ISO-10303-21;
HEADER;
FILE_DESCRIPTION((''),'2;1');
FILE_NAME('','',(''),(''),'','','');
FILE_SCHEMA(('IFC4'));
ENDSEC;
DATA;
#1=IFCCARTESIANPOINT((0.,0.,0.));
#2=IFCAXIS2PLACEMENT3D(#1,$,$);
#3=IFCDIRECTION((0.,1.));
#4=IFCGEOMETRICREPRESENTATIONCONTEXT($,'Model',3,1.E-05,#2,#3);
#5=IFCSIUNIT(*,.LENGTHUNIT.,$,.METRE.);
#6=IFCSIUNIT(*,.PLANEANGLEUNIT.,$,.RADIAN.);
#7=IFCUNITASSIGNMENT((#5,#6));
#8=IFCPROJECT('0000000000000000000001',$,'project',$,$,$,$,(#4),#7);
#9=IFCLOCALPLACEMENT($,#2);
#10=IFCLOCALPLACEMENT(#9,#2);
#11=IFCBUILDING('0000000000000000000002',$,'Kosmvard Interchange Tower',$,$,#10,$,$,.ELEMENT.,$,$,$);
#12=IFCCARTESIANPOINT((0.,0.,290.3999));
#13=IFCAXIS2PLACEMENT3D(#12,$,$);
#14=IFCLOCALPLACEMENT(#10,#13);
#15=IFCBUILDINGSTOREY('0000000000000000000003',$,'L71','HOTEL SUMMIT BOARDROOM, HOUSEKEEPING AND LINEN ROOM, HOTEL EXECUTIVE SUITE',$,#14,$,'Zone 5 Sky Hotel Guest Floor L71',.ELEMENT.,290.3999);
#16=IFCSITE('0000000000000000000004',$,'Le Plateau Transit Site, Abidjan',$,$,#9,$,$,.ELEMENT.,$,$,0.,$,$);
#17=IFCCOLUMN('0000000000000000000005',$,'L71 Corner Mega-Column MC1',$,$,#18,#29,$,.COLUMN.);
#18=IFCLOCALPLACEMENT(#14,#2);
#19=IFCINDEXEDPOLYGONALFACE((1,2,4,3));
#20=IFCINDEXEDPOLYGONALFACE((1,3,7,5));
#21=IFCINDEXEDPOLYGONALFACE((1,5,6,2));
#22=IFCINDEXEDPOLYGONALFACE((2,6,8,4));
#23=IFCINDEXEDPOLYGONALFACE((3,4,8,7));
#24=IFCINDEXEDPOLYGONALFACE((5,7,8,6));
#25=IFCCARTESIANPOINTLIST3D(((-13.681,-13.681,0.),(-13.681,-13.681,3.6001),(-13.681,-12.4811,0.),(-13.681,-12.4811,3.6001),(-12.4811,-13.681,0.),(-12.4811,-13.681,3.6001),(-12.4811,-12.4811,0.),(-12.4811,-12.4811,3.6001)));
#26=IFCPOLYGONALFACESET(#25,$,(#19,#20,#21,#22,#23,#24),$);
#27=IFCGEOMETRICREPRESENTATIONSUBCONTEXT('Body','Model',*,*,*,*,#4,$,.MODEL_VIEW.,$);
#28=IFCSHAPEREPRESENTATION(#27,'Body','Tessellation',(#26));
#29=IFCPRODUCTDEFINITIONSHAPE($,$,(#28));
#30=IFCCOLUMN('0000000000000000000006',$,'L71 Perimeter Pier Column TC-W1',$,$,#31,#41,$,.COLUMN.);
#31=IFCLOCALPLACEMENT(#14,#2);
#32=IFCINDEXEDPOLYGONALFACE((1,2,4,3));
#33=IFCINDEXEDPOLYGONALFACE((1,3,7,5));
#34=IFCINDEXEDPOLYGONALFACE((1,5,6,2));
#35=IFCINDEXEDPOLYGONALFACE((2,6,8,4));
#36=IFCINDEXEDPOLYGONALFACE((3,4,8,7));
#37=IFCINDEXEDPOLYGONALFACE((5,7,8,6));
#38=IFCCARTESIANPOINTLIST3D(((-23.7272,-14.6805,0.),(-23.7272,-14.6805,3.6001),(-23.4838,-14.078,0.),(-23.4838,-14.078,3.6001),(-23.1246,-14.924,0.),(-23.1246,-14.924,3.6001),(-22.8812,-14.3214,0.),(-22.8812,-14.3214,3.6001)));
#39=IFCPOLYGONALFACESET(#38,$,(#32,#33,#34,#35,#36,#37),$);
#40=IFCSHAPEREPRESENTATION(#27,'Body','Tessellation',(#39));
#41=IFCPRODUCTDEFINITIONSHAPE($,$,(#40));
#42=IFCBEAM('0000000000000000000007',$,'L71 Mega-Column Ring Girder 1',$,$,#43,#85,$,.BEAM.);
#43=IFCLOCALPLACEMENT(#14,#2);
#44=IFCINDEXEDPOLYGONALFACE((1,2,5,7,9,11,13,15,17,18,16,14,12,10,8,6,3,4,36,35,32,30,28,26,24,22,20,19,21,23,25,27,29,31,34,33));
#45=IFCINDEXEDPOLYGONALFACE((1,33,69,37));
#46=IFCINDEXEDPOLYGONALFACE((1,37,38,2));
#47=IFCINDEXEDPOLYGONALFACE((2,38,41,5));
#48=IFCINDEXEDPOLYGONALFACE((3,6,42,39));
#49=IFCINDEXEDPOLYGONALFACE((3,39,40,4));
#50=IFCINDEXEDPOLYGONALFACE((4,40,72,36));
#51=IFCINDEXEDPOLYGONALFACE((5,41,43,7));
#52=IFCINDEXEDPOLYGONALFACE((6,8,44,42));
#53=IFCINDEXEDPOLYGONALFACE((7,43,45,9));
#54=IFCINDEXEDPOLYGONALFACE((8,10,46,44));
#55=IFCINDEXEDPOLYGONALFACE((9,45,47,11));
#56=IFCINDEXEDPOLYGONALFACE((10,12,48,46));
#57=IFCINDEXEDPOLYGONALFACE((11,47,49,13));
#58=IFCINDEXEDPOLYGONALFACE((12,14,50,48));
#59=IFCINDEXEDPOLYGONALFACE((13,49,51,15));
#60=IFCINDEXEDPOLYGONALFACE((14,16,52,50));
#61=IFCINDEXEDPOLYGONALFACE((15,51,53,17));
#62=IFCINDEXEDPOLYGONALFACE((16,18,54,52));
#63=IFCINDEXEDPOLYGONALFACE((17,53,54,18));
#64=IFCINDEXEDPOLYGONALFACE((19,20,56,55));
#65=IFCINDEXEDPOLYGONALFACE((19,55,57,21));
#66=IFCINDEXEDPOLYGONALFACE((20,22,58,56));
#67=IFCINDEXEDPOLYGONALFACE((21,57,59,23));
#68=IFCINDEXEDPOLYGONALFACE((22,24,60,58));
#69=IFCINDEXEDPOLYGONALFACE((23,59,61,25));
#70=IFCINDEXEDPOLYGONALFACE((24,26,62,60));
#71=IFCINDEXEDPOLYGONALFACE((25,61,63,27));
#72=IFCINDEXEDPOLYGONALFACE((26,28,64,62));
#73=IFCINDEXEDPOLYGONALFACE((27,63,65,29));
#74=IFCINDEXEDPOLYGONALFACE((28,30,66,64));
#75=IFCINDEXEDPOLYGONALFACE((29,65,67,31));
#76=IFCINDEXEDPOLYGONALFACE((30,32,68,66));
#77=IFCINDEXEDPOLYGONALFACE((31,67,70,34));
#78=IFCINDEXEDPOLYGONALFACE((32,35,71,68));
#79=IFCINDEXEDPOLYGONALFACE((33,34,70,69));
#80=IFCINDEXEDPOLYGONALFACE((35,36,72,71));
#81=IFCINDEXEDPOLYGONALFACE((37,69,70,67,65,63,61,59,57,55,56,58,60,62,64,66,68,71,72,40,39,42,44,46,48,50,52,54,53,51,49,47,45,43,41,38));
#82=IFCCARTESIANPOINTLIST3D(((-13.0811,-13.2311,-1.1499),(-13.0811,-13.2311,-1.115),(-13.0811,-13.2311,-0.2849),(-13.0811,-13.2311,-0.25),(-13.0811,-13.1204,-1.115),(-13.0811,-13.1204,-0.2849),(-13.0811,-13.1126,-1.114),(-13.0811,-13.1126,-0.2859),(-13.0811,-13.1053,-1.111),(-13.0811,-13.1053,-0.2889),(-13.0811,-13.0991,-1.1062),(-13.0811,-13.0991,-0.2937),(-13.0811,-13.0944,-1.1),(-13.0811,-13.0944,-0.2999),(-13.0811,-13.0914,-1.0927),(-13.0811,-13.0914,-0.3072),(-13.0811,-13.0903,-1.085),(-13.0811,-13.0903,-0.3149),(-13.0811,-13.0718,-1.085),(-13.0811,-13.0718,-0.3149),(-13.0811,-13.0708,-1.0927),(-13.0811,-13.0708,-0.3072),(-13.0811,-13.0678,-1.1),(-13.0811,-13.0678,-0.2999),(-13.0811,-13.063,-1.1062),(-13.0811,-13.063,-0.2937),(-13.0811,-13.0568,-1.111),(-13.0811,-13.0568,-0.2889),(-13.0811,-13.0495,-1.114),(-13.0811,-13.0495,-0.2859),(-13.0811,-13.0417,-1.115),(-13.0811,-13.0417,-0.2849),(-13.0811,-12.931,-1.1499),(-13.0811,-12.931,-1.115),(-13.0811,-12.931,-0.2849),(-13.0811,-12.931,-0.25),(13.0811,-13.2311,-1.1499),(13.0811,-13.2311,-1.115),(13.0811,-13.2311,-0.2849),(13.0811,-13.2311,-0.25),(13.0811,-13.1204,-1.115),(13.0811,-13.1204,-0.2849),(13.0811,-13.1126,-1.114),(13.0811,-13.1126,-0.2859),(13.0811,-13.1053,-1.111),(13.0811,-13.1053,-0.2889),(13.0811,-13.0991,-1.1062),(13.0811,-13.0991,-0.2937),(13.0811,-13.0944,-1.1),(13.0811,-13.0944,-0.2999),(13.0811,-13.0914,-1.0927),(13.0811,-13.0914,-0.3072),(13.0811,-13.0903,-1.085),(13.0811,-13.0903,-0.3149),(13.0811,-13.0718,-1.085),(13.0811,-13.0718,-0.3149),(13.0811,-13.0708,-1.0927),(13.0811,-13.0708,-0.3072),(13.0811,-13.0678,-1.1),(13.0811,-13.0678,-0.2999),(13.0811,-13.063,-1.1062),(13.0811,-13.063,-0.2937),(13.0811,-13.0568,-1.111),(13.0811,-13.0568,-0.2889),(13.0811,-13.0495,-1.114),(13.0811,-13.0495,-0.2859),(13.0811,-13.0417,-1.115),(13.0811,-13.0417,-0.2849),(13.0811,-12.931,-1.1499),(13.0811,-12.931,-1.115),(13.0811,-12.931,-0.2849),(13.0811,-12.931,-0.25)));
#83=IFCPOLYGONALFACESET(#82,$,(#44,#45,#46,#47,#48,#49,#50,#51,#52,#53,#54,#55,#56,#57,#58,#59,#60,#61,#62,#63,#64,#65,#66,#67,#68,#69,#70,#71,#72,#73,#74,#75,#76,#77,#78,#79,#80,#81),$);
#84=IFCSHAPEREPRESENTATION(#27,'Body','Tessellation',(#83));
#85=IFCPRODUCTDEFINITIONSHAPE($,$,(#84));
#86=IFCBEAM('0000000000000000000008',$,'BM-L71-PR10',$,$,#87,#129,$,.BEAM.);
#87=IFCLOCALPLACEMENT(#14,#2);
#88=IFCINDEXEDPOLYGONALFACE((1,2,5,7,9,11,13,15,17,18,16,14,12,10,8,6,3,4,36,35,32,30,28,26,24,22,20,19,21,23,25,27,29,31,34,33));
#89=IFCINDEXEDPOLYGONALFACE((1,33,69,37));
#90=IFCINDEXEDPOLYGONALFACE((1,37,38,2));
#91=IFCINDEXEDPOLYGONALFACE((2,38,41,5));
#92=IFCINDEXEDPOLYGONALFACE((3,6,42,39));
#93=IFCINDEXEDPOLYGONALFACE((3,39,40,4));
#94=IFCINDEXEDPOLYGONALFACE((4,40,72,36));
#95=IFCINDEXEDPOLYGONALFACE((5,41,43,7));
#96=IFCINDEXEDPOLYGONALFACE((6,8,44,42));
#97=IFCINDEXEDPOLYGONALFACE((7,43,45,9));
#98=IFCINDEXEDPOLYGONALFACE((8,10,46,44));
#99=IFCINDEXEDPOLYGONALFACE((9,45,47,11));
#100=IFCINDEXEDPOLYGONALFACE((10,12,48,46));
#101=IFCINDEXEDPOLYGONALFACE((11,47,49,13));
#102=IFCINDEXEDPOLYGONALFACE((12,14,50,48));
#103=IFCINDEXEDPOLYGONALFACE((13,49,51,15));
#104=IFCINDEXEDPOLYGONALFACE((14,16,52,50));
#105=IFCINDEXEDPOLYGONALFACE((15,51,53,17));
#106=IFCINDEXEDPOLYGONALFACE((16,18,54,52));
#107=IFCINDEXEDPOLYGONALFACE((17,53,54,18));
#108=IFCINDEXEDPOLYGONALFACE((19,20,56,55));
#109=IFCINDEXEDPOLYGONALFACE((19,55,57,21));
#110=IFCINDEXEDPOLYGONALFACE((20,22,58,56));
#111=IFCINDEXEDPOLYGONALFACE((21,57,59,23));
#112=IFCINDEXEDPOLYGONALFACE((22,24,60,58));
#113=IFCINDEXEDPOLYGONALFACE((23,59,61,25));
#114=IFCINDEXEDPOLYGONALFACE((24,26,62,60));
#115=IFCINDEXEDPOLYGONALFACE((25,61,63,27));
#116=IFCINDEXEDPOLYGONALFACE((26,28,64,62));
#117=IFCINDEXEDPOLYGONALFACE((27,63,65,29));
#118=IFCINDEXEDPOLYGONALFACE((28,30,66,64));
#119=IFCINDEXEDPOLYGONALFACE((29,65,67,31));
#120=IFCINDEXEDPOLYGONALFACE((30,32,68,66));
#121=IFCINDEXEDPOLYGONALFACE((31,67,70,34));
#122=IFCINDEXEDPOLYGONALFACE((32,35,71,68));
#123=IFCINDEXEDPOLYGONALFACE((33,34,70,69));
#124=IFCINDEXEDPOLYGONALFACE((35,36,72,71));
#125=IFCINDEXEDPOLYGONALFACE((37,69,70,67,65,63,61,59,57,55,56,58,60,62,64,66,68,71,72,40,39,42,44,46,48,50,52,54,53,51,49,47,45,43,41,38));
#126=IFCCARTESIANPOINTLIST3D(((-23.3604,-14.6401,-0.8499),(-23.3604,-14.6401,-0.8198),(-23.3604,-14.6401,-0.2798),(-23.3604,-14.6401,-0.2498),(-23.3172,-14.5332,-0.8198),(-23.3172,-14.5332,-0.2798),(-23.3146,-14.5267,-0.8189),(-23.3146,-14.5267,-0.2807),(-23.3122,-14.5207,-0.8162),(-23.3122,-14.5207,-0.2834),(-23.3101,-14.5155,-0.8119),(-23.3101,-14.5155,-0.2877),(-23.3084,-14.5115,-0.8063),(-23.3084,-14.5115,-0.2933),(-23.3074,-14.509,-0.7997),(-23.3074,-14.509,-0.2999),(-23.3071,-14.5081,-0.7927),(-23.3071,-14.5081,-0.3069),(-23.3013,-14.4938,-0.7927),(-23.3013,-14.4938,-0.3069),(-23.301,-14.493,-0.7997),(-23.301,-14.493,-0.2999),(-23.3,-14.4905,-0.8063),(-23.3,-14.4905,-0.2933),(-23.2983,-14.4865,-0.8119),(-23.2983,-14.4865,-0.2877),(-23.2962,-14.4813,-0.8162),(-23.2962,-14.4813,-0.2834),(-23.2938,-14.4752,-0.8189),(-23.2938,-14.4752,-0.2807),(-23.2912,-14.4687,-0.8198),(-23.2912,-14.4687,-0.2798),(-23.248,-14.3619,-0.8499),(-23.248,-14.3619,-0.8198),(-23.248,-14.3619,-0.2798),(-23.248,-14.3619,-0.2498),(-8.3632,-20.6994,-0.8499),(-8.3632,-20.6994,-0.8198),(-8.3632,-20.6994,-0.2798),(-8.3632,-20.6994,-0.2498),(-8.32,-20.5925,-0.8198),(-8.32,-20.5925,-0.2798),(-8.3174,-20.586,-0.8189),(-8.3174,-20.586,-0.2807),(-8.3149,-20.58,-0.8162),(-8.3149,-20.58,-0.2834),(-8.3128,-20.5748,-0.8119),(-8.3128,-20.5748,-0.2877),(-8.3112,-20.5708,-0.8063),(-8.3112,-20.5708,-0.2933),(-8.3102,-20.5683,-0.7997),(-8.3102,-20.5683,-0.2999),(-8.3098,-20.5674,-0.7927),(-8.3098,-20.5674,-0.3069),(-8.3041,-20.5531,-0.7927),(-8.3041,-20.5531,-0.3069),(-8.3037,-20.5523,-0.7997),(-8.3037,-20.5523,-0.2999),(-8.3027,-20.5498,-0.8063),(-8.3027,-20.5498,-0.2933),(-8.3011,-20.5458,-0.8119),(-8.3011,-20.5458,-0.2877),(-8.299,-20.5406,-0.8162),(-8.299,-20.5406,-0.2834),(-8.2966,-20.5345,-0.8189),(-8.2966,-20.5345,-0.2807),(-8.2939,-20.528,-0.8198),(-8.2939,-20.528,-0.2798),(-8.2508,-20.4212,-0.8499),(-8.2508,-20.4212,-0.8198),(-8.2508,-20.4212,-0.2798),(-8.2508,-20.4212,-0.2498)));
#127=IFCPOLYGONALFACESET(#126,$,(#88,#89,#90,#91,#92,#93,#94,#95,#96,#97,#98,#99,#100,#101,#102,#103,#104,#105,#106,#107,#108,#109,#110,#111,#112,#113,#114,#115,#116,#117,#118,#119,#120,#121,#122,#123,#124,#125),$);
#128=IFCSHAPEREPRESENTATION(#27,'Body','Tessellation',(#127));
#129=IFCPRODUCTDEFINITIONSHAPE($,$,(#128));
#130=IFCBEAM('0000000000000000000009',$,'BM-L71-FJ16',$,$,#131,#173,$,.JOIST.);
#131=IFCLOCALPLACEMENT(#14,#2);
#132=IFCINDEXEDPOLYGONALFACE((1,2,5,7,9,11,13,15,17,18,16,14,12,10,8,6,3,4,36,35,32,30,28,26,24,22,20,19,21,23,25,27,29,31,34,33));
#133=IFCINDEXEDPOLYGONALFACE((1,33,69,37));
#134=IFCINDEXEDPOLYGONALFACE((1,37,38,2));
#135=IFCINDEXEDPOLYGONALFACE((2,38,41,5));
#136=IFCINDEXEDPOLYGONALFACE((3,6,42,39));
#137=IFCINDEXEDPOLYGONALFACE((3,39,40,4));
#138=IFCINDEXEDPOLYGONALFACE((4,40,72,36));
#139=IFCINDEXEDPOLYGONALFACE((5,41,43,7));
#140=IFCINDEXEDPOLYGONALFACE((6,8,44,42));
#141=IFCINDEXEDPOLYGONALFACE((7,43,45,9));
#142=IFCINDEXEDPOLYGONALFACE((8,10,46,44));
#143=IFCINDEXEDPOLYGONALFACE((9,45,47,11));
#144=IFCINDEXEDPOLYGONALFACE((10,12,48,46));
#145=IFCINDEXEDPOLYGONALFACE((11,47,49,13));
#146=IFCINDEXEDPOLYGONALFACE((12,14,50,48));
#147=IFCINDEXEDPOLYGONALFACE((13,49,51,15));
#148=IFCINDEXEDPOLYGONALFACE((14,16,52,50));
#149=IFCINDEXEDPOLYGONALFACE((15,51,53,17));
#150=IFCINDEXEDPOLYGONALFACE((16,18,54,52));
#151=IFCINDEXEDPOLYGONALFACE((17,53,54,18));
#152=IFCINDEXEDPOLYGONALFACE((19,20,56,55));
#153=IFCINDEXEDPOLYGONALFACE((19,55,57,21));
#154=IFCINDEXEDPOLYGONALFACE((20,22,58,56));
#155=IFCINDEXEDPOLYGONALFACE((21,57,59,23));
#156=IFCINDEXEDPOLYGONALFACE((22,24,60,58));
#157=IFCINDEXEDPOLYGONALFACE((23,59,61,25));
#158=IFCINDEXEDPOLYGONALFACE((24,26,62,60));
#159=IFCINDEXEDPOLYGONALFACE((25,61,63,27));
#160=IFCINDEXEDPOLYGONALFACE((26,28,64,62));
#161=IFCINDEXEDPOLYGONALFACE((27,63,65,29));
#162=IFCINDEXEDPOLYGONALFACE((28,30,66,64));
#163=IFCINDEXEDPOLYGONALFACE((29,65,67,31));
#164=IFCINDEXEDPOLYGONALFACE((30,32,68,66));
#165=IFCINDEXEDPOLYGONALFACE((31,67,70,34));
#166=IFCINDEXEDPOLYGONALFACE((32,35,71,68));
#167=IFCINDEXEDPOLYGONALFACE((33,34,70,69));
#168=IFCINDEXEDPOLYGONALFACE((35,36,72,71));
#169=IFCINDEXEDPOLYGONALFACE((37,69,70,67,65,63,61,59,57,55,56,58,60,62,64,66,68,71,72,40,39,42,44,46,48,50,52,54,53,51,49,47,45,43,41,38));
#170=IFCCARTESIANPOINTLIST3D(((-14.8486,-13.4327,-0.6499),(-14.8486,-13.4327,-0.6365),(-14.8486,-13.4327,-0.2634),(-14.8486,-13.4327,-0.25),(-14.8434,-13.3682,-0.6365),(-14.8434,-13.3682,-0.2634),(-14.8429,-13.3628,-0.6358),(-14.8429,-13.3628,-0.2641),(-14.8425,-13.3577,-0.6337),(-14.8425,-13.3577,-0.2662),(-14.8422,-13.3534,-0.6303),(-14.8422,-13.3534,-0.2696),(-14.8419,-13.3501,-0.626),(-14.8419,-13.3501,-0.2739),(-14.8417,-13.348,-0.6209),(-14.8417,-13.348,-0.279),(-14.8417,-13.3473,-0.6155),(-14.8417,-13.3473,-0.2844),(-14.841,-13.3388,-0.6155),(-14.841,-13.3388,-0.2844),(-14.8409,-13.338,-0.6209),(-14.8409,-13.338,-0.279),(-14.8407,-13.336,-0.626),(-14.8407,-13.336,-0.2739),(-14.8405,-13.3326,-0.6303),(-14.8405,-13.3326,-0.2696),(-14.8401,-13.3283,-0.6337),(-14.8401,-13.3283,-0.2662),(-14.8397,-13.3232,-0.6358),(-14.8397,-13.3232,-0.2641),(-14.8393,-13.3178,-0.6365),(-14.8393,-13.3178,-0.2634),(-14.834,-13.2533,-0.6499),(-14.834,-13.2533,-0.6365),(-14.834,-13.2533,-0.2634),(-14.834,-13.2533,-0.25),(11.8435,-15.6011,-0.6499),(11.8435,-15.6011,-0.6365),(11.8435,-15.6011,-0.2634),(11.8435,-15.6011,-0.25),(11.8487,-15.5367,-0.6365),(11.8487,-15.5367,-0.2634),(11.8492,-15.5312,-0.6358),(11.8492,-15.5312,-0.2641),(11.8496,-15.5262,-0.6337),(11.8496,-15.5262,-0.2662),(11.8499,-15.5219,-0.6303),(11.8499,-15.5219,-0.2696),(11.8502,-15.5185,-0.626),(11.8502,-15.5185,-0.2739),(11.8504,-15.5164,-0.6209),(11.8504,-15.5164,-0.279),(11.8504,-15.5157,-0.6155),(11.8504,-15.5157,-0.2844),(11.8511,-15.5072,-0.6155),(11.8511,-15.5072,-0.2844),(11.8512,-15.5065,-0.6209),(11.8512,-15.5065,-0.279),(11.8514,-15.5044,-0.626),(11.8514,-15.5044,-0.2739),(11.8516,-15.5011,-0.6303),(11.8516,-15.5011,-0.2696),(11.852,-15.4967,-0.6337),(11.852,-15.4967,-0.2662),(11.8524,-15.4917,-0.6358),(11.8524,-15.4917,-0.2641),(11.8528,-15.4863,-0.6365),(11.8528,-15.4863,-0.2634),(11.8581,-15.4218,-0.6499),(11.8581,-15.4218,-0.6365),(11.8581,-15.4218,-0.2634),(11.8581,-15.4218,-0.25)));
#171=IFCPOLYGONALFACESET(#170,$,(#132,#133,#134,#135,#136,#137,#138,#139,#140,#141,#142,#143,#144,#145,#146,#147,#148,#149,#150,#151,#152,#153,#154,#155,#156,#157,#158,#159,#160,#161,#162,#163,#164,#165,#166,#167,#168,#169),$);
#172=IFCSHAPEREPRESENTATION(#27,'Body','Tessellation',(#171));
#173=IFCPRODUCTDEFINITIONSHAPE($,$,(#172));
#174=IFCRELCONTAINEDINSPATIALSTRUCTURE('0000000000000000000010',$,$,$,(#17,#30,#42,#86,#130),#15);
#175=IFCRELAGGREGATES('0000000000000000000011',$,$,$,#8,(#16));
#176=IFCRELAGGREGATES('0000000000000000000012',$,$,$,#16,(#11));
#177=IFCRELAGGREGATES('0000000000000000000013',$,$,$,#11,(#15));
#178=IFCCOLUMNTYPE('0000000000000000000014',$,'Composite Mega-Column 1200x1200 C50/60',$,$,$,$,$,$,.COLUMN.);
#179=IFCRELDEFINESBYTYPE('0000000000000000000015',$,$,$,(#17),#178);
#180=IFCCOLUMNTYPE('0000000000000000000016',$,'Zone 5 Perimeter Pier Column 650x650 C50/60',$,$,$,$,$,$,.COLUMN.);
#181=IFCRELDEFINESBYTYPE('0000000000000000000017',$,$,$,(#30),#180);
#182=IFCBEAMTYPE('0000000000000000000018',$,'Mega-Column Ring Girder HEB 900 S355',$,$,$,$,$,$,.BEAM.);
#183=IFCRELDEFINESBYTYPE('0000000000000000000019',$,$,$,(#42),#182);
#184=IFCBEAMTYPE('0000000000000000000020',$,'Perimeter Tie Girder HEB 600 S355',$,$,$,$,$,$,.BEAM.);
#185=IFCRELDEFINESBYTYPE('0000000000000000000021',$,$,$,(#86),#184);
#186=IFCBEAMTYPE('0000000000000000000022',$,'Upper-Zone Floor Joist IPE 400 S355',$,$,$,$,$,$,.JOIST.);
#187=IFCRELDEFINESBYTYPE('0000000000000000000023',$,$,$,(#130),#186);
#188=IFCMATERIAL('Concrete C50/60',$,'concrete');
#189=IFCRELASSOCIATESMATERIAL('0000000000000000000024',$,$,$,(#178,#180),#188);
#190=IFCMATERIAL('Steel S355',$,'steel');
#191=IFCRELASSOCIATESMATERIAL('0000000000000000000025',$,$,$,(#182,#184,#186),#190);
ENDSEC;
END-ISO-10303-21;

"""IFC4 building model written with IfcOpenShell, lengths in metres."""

from ifc_helpers import new_model, si_unit, direction, frame, origin, origin_2d, place, context, subcontext, project, spatial, rectangle, i_section, extrude, source, transform, mapped, material, material_profile, profile_set, type_object, element, save


model = new_model("IFC4")

# Units and contexts
model_context = context("Model", 3, precision=1e-05, world=origin(), true_north=direction((0.0, 1.0)))
body_context = subcontext(model_context, "Body", "Model", "MODEL_VIEW")
ifc_project = project(units=[si_unit("LENGTHUNIT", "METRE"), si_unit("PLANEANGLEUNIT", "RADIAN")], contexts=[model_context])

# Site, building, storey
site_placement = place(None, origin())
site = spatial("IfcSite", under=ifc_project, at=site_placement, Name="Le Plateau Transit Site, Abidjan", CompositionType="ELEMENT", RefElevation=0.0)
building_placement = place(site_placement, origin())
building = spatial("IfcBuilding", under=site, at=building_placement, Name="Kosmvard Interchange Tower", CompositionType="ELEMENT")
storey_placement = place(building_placement, frame((0.0, 0.0, 290.3999)))
storey = spatial("IfcBuildingStorey", under=building, at=storey_placement, Name="L71", Description="HOTEL SUMMIT BOARDROOM, HOUSEKEEPING AND LINEN ROOM, HOTEL EXECUTIVE SUITE", LongName="Zone 5 Sky Hotel Guest Floor L71", CompositionType="ELEMENT", Elevation=290.3999)

# Columns
ifc_material_1 = material(Name="Concrete C50/60", Category="concrete")
ifc_material_profile_1 = material_profile(ifc_material_1, rectangle(XDim=1.2, YDim=1.2, at=origin_2d()), Name="MC 1200x1200")
ifc_profile_set_1 = profile_set([ifc_material_profile_1], Name="Concrete C50/60")
column_type_1 = type_object("IfcColumnType", Name="Composite Mega-Column 1200x1200 C50/60", PredefinedType="COLUMN", material=ifc_profile_set_1)
shared_shape_1 = source(origin(), body_context, "Body", "SweptSolid", [
    extrude(rectangle(XDim=1.2, YDim=1.2, at=origin_2d()), origin(), (0.0, 0.0, 1.0), 3.6001),
])
column_1_placement = place(storey_placement, frame((-13.0811, -13.0811, 0.0), z_axis=(0.0, 0.0, 1.0), x_axis=(1.0, 0.0, 0.0)))
element("IfcColumn", 1, at=column_1_placement, inside=storey, type_object=column_type_1, Name="L71 Corner Mega-Column MC1", PredefinedType="COLUMN", context=body_context, shape_type="MappedRepresentation", body=[
    mapped(shared_shape_1, transform((0.0, 0.0, 0.0), scale=1.0)),
])
ifc_material_profile_2 = material_profile(ifc_material_1, rectangle(XDim=0.6499, YDim=0.6499, at=origin_2d()), Name="TC 650x650")
ifc_profile_set_2 = profile_set([ifc_material_profile_2], Name="Concrete C50/60")
column_type_2 = type_object("IfcColumnType", Name="Zone 5 Perimeter Pier Column 650x650 C50/60", PredefinedType="COLUMN", material=ifc_profile_set_2)
shared_shape_2 = source(origin(), body_context, "Body", "SweptSolid", [
    extrude(rectangle(XDim=0.6499, YDim=0.6499, at=origin_2d()), origin(), (0.0, 0.0, 1.0), 3.6001),
])
column_2_placement = place(storey_placement, frame((-23.3042, -14.501, 0.0), z_axis=(0.0, 0.0, 1.0), x_axis=(0.374607, 0.927184, 0.0)))
element("IfcColumn", 2, at=column_2_placement, inside=storey, type_object=column_type_2, Name="L71 Perimeter Pier Column TC-W1", PredefinedType="COLUMN", context=body_context, shape_type="MappedRepresentation", body=[
    mapped(shared_shape_2, transform((0.0, 0.0, 0.0), scale=1.0)),
])

# Beams
ifc_material_2 = material(Name="Steel S355", Category="steel")
ifc_material_profile_3 = material_profile(ifc_material_2, i_section(OverallWidth=0.3, OverallDepth=0.8999, WebThickness=0.0186, FlangeThickness=0.0349, FilletRadius=0.03, at=origin_2d()), Name="HEB 900")
ifc_profile_set_3 = profile_set([ifc_material_profile_3], Name="Steel S355")
beam_type_1 = type_object("IfcBeamType", Name="Mega-Column Ring Girder HEB 900 S355", PredefinedType="BEAM", material=ifc_profile_set_3)
shared_shape_3 = source(origin(), body_context, "Body", "SweptSolid", [
    extrude(i_section(OverallWidth=0.3, OverallDepth=0.8999, WebThickness=0.0186, FlangeThickness=0.0349, FilletRadius=0.03, at=origin_2d()), origin(), (0.0, 0.0, 1.0), 26.1621),
])
beam_1_placement = place(storey_placement, frame((-13.0811, -13.0811, -0.7), z_axis=(1.0, 0.0, 0.0), x_axis=(0.0, 1.0, 0.0)))
element("IfcBeam", 3, at=beam_1_placement, inside=storey, type_object=beam_type_1, Name="L71 Mega-Column Ring Girder 1", PredefinedType="BEAM", context=body_context, shape_type="MappedRepresentation", body=[
    mapped(shared_shape_3, transform((0.0, 0.0, 0.0), scale=1.0)),
])
ifc_material_profile_4 = material_profile(ifc_material_2, i_section(OverallWidth=0.3, OverallDepth=0.6001, WebThickness=0.0154, FlangeThickness=0.03, FilletRadius=0.0271, at=origin_2d()), Name="HEB 600")
ifc_profile_set_4 = profile_set([ifc_material_profile_4], Name="Steel S355")
beam_type_2 = type_object("IfcBeamType", Name="Perimeter Tie Girder HEB 600 S355", PredefinedType="BEAM", material=ifc_profile_set_4)
shared_shape_4 = source(origin(), body_context, "Body", "SweptSolid", [
    extrude(i_section(OverallWidth=0.3, OverallDepth=0.6001, WebThickness=0.0154, FlangeThickness=0.03, FilletRadius=0.0271, at=origin_2d()), origin(), (0.0, 0.0, 1.0), 16.175),
])
beam_2_placement = place(storey_placement, frame((-23.3042, -14.501, -0.5498), z_axis=(0.927183, -0.374608, 0.0), x_axis=(0.374608, 0.927183, 0.0)))
element("IfcBeam", 4, at=beam_2_placement, inside=storey, type_object=beam_type_2, Name="BM-L71-PR10", PredefinedType="BEAM", context=body_context, shape_type="MappedRepresentation", body=[
    mapped(shared_shape_4, transform((0.0, 0.0, 0.0), scale=1.0)),
])
ifc_material_profile_5 = material_profile(ifc_material_2, i_section(OverallWidth=0.1799, OverallDepth=0.3999, WebThickness=0.0085, FlangeThickness=0.0134, FilletRadius=0.021, at=origin_2d()), Name="IPE 400")
ifc_profile_set_5 = profile_set([ifc_material_profile_5], Name="Steel S355")
beam_type_3 = type_object("IfcBeamType", Name="Upper-Zone Floor Joist IPE 400 S355", PredefinedType="JOIST", material=ifc_profile_set_5)
shared_shape_5 = source(origin(), body_context, "Body", "SweptSolid", [
    extrude(i_section(OverallWidth=0.1799, OverallDepth=0.3999, WebThickness=0.0085, FlangeThickness=0.0134, FilletRadius=0.021, at=origin_2d()), origin(), (0.0, 0.0, 1.0), 26.78),
])
beam_3_placement = place(storey_placement, frame((-14.8413, -13.343, -0.45), z_axis=(0.996716, -0.080973, 0.0), x_axis=(0.080973, 0.996716, 0.0)))
element("IfcBeam", 5, at=beam_3_placement, inside=storey, type_object=beam_type_3, Name="BM-L71-FJ16", PredefinedType="JOIST", context=body_context, shape_type="MappedRepresentation", body=[
    mapped(shared_shape_5, transform((0.0, 0.0, 0.0), scale=1.0)),
])

save(model, "model.ifc")
